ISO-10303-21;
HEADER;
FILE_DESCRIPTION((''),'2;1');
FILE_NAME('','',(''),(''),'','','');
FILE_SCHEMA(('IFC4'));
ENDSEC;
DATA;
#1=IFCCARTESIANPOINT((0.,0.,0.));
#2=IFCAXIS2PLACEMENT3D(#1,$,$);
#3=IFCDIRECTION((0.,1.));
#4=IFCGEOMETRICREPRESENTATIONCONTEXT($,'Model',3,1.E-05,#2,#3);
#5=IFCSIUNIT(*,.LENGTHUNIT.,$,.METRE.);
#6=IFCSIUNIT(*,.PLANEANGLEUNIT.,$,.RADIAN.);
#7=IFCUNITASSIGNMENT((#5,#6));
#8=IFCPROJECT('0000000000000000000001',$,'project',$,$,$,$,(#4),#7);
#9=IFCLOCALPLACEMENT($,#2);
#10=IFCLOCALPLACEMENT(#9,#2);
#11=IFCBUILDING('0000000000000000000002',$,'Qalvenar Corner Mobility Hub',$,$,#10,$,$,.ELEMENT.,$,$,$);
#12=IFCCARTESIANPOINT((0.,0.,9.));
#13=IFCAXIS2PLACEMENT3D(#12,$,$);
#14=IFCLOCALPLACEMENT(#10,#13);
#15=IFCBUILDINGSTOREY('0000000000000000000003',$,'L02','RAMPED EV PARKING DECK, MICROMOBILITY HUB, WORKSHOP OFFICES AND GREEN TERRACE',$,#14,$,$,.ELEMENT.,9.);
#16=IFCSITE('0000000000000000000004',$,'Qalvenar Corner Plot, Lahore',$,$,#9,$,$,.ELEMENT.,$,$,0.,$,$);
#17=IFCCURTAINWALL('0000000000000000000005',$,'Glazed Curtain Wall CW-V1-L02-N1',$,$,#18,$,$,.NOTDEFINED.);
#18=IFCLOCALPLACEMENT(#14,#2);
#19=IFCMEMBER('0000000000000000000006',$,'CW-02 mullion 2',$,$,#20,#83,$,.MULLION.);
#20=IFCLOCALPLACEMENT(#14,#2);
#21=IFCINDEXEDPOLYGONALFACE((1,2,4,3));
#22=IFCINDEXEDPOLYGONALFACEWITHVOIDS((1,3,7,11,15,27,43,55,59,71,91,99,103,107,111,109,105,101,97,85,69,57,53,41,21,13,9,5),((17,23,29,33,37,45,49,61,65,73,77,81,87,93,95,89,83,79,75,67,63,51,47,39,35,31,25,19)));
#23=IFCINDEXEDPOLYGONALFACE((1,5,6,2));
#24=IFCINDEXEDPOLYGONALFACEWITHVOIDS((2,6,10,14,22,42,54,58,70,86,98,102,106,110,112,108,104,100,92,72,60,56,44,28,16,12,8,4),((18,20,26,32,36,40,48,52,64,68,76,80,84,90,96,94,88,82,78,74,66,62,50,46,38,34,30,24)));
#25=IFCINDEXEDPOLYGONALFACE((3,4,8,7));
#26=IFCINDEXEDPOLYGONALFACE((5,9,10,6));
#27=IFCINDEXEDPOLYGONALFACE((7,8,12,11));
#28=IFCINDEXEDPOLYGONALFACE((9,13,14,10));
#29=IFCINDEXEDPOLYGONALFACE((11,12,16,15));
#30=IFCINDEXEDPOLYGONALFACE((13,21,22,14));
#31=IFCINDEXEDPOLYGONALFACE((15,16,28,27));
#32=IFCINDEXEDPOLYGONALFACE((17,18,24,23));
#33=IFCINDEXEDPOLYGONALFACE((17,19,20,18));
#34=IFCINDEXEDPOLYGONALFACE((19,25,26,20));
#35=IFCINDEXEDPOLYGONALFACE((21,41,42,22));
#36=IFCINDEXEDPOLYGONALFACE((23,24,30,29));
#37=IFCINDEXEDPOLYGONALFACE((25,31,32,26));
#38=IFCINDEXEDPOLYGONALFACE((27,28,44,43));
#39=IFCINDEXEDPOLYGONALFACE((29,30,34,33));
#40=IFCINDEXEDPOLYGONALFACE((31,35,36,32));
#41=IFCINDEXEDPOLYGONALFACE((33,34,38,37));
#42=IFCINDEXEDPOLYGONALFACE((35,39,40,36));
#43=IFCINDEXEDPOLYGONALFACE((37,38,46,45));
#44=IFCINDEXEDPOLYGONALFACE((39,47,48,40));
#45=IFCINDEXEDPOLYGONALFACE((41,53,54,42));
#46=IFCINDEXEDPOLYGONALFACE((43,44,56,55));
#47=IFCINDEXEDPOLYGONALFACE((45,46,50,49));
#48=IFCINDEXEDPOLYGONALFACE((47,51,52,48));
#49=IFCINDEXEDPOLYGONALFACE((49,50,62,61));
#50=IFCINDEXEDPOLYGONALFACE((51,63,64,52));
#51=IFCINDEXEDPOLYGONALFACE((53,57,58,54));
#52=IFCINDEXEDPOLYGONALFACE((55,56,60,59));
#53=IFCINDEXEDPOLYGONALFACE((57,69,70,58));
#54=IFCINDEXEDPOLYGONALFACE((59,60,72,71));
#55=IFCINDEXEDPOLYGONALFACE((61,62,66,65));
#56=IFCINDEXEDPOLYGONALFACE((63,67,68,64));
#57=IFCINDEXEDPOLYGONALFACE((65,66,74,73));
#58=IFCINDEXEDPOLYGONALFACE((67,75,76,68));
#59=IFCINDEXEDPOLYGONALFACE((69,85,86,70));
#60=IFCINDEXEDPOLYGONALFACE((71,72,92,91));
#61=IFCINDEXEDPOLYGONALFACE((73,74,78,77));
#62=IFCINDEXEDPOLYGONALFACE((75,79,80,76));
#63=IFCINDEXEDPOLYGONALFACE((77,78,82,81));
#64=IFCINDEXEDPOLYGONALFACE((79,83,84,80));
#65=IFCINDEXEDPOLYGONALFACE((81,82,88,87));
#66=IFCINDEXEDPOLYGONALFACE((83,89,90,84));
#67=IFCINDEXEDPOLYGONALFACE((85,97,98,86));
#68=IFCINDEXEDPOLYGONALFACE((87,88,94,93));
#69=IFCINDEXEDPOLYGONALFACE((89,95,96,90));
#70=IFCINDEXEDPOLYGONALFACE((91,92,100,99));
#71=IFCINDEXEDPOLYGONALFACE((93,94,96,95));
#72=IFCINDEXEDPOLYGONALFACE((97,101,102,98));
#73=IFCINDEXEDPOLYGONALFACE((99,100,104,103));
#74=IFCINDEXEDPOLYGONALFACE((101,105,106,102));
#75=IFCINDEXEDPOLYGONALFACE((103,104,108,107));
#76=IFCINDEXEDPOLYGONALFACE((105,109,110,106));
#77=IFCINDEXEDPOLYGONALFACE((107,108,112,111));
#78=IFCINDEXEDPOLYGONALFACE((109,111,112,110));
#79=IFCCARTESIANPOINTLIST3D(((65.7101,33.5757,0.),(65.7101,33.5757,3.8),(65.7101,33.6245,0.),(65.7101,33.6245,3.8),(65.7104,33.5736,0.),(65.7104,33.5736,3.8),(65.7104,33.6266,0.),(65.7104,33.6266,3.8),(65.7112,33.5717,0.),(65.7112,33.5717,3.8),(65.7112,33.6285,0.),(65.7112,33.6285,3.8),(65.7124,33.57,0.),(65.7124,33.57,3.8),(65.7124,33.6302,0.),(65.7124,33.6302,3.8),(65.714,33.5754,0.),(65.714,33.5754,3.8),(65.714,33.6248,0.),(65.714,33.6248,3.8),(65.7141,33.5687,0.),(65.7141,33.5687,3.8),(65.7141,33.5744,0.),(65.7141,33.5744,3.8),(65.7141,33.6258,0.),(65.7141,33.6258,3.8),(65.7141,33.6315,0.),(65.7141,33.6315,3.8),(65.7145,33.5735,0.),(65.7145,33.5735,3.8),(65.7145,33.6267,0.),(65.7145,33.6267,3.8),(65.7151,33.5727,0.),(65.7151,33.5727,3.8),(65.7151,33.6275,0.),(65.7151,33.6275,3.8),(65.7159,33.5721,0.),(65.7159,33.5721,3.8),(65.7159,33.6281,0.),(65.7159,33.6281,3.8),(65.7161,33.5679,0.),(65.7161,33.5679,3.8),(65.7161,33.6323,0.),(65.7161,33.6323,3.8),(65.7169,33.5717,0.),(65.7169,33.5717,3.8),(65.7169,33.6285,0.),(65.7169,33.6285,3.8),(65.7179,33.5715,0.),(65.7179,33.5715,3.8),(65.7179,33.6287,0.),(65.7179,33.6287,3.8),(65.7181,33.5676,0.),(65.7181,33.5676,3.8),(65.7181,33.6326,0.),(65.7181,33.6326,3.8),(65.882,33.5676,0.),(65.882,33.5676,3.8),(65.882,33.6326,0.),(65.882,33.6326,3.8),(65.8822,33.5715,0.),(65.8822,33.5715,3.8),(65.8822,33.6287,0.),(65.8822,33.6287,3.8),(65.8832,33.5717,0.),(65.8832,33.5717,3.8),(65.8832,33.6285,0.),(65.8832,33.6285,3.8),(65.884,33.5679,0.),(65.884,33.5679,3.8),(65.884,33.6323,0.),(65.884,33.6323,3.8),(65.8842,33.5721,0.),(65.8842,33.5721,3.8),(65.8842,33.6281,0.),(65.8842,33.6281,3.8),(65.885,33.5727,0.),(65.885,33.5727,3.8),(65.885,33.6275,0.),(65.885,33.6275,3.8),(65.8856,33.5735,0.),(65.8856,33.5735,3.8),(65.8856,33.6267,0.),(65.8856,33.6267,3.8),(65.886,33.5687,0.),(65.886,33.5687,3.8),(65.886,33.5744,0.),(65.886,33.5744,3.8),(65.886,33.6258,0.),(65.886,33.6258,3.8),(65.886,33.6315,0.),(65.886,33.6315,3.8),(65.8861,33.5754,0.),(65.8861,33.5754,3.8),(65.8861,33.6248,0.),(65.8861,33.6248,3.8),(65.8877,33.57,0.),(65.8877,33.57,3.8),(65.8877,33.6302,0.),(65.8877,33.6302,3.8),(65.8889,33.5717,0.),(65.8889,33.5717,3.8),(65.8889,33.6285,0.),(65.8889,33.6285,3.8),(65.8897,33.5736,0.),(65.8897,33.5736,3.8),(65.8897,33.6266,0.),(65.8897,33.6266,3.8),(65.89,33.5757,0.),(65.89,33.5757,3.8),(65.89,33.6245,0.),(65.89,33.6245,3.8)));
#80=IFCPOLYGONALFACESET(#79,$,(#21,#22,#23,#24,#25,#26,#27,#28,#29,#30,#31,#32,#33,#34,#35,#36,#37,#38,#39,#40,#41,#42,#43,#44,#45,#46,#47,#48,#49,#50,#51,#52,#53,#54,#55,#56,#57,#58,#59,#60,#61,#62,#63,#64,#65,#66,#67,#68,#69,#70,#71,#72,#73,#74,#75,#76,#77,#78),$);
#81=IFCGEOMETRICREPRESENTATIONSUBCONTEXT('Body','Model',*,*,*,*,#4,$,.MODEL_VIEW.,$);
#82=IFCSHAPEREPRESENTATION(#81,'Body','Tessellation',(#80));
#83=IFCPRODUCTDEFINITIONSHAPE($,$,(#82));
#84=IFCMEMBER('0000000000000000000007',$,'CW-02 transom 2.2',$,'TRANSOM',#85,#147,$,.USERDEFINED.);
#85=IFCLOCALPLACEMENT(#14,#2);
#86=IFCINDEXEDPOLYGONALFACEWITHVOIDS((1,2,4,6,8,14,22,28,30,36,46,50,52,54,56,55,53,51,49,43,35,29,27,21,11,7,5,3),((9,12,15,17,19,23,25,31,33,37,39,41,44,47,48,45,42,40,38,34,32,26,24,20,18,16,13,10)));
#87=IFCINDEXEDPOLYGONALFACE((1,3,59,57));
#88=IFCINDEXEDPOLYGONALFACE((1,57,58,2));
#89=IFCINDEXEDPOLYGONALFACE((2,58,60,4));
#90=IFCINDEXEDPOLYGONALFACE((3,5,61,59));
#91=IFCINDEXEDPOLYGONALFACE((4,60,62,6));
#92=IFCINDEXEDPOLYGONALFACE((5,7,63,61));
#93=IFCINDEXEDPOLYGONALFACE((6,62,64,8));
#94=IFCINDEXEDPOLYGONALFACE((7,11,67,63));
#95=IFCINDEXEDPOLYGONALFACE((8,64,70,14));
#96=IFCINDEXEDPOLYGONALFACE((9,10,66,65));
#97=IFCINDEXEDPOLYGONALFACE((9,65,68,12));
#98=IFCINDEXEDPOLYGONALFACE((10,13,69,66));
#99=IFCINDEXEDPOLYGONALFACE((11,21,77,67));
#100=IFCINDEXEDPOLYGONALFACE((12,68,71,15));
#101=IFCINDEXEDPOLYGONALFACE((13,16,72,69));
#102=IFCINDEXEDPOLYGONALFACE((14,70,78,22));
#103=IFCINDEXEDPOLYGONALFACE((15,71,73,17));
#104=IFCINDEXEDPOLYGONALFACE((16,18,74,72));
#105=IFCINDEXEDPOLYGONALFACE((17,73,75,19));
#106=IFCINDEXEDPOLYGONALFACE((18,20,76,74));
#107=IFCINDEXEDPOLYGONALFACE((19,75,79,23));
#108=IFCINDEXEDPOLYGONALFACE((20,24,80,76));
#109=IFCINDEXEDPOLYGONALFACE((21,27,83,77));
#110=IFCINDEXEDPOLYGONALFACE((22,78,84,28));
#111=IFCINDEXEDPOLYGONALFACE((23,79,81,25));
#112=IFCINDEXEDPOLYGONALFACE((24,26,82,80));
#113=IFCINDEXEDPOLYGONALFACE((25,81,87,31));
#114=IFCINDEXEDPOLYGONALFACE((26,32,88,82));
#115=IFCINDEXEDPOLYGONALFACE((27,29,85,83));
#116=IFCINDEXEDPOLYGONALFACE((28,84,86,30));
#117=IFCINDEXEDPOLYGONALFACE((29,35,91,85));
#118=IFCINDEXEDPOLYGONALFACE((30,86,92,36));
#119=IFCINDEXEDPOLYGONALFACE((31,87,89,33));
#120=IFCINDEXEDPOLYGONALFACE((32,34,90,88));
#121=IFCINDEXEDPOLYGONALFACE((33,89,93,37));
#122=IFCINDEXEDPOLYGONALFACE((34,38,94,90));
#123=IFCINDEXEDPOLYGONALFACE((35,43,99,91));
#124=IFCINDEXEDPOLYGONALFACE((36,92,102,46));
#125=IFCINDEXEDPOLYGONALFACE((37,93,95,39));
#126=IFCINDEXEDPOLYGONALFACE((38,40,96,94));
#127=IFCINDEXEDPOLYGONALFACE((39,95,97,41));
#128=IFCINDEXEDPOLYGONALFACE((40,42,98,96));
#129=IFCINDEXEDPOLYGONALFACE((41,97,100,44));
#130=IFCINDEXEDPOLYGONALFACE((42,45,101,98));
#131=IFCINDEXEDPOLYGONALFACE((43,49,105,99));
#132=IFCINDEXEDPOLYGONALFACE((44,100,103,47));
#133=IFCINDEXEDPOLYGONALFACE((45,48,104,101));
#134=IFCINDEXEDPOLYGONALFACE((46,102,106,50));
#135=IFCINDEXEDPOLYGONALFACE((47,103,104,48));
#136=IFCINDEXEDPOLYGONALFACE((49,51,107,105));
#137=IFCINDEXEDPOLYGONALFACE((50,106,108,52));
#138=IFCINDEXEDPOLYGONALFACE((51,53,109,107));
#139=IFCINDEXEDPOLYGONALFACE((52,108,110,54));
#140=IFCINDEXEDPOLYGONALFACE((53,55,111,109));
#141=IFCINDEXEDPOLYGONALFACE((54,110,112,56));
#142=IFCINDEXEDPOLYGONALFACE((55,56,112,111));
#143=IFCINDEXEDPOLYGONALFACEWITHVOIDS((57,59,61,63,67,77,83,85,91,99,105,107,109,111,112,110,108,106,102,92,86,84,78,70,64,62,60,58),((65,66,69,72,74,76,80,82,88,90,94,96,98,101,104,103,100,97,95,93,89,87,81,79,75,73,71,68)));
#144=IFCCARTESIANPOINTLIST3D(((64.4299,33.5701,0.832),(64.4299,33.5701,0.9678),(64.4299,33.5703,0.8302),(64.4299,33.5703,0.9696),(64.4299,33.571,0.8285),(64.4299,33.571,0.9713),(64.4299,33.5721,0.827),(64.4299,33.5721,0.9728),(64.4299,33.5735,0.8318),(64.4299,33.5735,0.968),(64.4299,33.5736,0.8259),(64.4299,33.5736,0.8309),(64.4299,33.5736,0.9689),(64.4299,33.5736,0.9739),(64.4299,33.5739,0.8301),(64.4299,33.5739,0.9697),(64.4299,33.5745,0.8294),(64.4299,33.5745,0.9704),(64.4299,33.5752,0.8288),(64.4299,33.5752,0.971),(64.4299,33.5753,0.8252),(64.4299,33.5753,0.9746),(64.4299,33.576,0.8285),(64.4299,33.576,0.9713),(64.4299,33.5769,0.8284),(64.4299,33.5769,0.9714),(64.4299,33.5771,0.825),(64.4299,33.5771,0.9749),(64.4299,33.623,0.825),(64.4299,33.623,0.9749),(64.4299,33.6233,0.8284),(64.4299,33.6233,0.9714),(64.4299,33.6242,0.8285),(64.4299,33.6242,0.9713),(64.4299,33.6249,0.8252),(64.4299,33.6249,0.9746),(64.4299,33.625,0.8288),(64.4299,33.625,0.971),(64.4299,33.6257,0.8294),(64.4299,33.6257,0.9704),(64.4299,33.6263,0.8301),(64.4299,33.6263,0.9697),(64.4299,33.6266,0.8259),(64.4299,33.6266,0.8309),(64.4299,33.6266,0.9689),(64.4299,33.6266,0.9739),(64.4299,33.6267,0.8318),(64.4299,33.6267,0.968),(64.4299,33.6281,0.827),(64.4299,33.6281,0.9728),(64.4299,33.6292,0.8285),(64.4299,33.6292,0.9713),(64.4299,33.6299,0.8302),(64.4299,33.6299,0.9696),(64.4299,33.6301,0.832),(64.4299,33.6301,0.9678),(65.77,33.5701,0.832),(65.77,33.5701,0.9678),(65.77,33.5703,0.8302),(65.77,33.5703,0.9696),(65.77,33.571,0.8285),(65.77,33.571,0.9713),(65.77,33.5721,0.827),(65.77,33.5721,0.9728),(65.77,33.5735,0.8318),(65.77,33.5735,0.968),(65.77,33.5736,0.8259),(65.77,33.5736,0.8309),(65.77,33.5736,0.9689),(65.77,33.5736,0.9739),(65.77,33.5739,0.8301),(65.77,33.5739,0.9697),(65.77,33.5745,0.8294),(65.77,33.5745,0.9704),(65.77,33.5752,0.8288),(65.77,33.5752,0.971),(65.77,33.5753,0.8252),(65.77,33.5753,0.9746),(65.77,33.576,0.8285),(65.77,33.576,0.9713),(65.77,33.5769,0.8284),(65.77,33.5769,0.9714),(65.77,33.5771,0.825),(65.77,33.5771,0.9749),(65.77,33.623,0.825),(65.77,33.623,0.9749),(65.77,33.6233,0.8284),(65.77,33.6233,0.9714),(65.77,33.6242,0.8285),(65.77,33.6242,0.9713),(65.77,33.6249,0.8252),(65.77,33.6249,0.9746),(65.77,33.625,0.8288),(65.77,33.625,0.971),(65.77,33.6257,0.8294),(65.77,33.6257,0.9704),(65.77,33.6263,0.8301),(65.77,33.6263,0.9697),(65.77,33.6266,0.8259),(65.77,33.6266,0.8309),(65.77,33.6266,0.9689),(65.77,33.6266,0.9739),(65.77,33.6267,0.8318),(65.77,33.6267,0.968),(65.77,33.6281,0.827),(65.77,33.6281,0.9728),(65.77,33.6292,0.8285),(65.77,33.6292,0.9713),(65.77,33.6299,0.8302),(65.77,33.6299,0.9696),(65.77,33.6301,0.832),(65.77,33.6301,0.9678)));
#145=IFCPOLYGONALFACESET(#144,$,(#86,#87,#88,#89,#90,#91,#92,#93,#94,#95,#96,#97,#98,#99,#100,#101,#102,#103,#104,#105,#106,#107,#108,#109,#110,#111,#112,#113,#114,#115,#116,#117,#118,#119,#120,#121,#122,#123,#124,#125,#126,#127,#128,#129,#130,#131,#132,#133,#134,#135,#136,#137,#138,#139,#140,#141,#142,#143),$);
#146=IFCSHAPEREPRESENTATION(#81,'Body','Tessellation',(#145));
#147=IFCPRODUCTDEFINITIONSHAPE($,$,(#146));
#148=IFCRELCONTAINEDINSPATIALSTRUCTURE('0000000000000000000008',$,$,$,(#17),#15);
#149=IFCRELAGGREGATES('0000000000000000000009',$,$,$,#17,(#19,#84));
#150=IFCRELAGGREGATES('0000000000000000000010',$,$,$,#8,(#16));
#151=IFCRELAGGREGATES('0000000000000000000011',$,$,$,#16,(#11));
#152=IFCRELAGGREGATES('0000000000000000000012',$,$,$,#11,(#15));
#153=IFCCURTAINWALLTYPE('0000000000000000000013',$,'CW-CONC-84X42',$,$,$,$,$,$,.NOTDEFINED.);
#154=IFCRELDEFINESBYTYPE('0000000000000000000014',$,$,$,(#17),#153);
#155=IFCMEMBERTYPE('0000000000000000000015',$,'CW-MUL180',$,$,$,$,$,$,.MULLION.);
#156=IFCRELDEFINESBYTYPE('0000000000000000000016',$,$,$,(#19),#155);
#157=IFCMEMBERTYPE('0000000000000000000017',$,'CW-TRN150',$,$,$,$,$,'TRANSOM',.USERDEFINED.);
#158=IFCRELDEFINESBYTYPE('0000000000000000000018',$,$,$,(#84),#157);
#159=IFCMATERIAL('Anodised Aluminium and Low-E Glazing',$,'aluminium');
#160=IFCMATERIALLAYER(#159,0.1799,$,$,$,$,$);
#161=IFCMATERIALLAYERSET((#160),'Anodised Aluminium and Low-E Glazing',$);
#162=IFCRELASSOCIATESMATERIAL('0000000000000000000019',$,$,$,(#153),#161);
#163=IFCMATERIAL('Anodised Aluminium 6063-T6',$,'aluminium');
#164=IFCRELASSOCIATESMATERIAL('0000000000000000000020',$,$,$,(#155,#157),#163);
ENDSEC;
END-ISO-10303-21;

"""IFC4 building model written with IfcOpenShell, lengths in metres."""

from ifc_helpers import new_model, si_unit, direction, frame, origin, origin_2d, place, context, subcontext, project, spatial, hollow_rectangle, extrude, material, layer, layer_set, material_profile, profile_set, type_object, element, aggregate, save


model = new_model("IFC4")

# Units and contexts
model_context = context("Model", 3, precision=1e-05, world=origin(), true_north=direction((0.0, 1.0)))
body_context = subcontext(model_context, "Body", "Model", "MODEL_VIEW")
ifc_project = project(units=[si_unit("LENGTHUNIT", "METRE"), si_unit("PLANEANGLEUNIT", "RADIAN")], contexts=[model_context])

# Site, building, storey
site_placement = place(None, origin())
site = spatial("IfcSite", under=ifc_project, at=site_placement, Name="Qalvenar Corner Plot, Lahore", CompositionType="ELEMENT", RefElevation=0.0)
building_placement = place(site_placement, origin())
building = spatial("IfcBuilding", under=site, at=building_placement, Name="Qalvenar Corner Mobility Hub", CompositionType="ELEMENT")
storey_placement = place(building_placement, frame((0.0, 0.0, 9.0)))
storey = spatial("IfcBuildingStorey", under=building, at=storey_placement, Name="L02", Description="RAMPED EV PARKING DECK, MICROMOBILITY HUB, WORKSHOP OFFICES AND GREEN TERRACE", CompositionType="ELEMENT", Elevation=9.0)

# Curtain wall, members
ifc_material_1 = material(Name="Anodised Aluminium and Low-E Glazing", Category="aluminium")
ifc_layer_1 = layer(ifc_material_1, 0.1799)
ifc_layer_set_1 = layer_set([ifc_layer_1], Name="Anodised Aluminium and Low-E Glazing")
curtain_wall_type = type_object("IfcCurtainWallType", Name="CW-CONC-84X42", PredefinedType="NOTDEFINED", material=ifc_layer_set_1)
curtain_wall_placement = place(storey_placement, origin())
curtain_wall = element("IfcCurtainWall", 1, at=curtain_wall_placement, inside=storey, type_object=curtain_wall_type, Name="Glazed Curtain Wall CW-V1-L02-N1", PredefinedType="NOTDEFINED")
ifc_material_2 = material(Name="Anodised Aluminium 6063-T6", Category="aluminium")
ifc_material_profile_1 = material_profile(ifc_material_2, hollow_rectangle(XDim=0.0649, YDim=0.1799, WallThickness=0.0039, InnerFilletRadius=0.0039, OuterFilletRadius=0.0081, at=origin_2d()), Name="RHS180x65x4")
ifc_profile_set_1 = profile_set([ifc_material_profile_1], Name="Anodised Aluminium 6063-T6")
member_type_1 = type_object("IfcMemberType", Name="CW-MUL180", PredefinedType="MULLION", material=ifc_profile_set_1)
member_1_placement = place(storey_placement, frame((65.8, 33.6001, 0.0), z_axis=(0.0, 0.0, 1.0), x_axis=(0.0, -1.0, 0.0)))
member_1 = element("IfcMember", 2, at=member_1_placement, type_object=member_type_1, Name="CW-02 mullion 2", PredefinedType="MULLION", context=body_context, shape_type="SweptSolid", body=[
    extrude(hollow_rectangle(XDim=0.0649, YDim=0.1799, WallThickness=0.0039, InnerFilletRadius=0.0039, OuterFilletRadius=0.0081, at=origin_2d()), origin(), (0.0, 0.0, 1.0), 3.8),
])
ifc_material_profile_2 = material_profile(ifc_material_2, hollow_rectangle(XDim=0.0601, YDim=0.1499, WallThickness=0.0034, InnerFilletRadius=0.0034, OuterFilletRadius=0.0071, at=origin_2d()), Name="RHS150x60x3.5")
ifc_profile_set_2 = profile_set([ifc_material_profile_2], Name="Anodised Aluminium 6063-T6")
member_type_2 = type_object("IfcMemberType", Name="CW-TRN150", ElementType="TRANSOM", PredefinedType="USERDEFINED", material=ifc_profile_set_2)
member_2_placement = place(storey_placement, frame((65.77, 33.6001, 0.8999), z_axis=(-1.0, 0.0, 0.0), x_axis=(0.0, -1.0, 0.0)))
member_2 = element("IfcMember", 3, at=member_2_placement, type_object=member_type_2, Name="CW-02 transom 2.2", ObjectType="TRANSOM", PredefinedType="USERDEFINED", context=body_context, shape_type="SweptSolid", body=[
    extrude(hollow_rectangle(XDim=0.0601, YDim=0.1499, WallThickness=0.0034, InnerFilletRadius=0.0034, OuterFilletRadius=0.0071, at=origin_2d()), origin(), (0.0, 0.0, 1.0), 1.3401),
])

aggregate(curtain_wall, [member_1, member_2])

save(model, "model.ifc")
